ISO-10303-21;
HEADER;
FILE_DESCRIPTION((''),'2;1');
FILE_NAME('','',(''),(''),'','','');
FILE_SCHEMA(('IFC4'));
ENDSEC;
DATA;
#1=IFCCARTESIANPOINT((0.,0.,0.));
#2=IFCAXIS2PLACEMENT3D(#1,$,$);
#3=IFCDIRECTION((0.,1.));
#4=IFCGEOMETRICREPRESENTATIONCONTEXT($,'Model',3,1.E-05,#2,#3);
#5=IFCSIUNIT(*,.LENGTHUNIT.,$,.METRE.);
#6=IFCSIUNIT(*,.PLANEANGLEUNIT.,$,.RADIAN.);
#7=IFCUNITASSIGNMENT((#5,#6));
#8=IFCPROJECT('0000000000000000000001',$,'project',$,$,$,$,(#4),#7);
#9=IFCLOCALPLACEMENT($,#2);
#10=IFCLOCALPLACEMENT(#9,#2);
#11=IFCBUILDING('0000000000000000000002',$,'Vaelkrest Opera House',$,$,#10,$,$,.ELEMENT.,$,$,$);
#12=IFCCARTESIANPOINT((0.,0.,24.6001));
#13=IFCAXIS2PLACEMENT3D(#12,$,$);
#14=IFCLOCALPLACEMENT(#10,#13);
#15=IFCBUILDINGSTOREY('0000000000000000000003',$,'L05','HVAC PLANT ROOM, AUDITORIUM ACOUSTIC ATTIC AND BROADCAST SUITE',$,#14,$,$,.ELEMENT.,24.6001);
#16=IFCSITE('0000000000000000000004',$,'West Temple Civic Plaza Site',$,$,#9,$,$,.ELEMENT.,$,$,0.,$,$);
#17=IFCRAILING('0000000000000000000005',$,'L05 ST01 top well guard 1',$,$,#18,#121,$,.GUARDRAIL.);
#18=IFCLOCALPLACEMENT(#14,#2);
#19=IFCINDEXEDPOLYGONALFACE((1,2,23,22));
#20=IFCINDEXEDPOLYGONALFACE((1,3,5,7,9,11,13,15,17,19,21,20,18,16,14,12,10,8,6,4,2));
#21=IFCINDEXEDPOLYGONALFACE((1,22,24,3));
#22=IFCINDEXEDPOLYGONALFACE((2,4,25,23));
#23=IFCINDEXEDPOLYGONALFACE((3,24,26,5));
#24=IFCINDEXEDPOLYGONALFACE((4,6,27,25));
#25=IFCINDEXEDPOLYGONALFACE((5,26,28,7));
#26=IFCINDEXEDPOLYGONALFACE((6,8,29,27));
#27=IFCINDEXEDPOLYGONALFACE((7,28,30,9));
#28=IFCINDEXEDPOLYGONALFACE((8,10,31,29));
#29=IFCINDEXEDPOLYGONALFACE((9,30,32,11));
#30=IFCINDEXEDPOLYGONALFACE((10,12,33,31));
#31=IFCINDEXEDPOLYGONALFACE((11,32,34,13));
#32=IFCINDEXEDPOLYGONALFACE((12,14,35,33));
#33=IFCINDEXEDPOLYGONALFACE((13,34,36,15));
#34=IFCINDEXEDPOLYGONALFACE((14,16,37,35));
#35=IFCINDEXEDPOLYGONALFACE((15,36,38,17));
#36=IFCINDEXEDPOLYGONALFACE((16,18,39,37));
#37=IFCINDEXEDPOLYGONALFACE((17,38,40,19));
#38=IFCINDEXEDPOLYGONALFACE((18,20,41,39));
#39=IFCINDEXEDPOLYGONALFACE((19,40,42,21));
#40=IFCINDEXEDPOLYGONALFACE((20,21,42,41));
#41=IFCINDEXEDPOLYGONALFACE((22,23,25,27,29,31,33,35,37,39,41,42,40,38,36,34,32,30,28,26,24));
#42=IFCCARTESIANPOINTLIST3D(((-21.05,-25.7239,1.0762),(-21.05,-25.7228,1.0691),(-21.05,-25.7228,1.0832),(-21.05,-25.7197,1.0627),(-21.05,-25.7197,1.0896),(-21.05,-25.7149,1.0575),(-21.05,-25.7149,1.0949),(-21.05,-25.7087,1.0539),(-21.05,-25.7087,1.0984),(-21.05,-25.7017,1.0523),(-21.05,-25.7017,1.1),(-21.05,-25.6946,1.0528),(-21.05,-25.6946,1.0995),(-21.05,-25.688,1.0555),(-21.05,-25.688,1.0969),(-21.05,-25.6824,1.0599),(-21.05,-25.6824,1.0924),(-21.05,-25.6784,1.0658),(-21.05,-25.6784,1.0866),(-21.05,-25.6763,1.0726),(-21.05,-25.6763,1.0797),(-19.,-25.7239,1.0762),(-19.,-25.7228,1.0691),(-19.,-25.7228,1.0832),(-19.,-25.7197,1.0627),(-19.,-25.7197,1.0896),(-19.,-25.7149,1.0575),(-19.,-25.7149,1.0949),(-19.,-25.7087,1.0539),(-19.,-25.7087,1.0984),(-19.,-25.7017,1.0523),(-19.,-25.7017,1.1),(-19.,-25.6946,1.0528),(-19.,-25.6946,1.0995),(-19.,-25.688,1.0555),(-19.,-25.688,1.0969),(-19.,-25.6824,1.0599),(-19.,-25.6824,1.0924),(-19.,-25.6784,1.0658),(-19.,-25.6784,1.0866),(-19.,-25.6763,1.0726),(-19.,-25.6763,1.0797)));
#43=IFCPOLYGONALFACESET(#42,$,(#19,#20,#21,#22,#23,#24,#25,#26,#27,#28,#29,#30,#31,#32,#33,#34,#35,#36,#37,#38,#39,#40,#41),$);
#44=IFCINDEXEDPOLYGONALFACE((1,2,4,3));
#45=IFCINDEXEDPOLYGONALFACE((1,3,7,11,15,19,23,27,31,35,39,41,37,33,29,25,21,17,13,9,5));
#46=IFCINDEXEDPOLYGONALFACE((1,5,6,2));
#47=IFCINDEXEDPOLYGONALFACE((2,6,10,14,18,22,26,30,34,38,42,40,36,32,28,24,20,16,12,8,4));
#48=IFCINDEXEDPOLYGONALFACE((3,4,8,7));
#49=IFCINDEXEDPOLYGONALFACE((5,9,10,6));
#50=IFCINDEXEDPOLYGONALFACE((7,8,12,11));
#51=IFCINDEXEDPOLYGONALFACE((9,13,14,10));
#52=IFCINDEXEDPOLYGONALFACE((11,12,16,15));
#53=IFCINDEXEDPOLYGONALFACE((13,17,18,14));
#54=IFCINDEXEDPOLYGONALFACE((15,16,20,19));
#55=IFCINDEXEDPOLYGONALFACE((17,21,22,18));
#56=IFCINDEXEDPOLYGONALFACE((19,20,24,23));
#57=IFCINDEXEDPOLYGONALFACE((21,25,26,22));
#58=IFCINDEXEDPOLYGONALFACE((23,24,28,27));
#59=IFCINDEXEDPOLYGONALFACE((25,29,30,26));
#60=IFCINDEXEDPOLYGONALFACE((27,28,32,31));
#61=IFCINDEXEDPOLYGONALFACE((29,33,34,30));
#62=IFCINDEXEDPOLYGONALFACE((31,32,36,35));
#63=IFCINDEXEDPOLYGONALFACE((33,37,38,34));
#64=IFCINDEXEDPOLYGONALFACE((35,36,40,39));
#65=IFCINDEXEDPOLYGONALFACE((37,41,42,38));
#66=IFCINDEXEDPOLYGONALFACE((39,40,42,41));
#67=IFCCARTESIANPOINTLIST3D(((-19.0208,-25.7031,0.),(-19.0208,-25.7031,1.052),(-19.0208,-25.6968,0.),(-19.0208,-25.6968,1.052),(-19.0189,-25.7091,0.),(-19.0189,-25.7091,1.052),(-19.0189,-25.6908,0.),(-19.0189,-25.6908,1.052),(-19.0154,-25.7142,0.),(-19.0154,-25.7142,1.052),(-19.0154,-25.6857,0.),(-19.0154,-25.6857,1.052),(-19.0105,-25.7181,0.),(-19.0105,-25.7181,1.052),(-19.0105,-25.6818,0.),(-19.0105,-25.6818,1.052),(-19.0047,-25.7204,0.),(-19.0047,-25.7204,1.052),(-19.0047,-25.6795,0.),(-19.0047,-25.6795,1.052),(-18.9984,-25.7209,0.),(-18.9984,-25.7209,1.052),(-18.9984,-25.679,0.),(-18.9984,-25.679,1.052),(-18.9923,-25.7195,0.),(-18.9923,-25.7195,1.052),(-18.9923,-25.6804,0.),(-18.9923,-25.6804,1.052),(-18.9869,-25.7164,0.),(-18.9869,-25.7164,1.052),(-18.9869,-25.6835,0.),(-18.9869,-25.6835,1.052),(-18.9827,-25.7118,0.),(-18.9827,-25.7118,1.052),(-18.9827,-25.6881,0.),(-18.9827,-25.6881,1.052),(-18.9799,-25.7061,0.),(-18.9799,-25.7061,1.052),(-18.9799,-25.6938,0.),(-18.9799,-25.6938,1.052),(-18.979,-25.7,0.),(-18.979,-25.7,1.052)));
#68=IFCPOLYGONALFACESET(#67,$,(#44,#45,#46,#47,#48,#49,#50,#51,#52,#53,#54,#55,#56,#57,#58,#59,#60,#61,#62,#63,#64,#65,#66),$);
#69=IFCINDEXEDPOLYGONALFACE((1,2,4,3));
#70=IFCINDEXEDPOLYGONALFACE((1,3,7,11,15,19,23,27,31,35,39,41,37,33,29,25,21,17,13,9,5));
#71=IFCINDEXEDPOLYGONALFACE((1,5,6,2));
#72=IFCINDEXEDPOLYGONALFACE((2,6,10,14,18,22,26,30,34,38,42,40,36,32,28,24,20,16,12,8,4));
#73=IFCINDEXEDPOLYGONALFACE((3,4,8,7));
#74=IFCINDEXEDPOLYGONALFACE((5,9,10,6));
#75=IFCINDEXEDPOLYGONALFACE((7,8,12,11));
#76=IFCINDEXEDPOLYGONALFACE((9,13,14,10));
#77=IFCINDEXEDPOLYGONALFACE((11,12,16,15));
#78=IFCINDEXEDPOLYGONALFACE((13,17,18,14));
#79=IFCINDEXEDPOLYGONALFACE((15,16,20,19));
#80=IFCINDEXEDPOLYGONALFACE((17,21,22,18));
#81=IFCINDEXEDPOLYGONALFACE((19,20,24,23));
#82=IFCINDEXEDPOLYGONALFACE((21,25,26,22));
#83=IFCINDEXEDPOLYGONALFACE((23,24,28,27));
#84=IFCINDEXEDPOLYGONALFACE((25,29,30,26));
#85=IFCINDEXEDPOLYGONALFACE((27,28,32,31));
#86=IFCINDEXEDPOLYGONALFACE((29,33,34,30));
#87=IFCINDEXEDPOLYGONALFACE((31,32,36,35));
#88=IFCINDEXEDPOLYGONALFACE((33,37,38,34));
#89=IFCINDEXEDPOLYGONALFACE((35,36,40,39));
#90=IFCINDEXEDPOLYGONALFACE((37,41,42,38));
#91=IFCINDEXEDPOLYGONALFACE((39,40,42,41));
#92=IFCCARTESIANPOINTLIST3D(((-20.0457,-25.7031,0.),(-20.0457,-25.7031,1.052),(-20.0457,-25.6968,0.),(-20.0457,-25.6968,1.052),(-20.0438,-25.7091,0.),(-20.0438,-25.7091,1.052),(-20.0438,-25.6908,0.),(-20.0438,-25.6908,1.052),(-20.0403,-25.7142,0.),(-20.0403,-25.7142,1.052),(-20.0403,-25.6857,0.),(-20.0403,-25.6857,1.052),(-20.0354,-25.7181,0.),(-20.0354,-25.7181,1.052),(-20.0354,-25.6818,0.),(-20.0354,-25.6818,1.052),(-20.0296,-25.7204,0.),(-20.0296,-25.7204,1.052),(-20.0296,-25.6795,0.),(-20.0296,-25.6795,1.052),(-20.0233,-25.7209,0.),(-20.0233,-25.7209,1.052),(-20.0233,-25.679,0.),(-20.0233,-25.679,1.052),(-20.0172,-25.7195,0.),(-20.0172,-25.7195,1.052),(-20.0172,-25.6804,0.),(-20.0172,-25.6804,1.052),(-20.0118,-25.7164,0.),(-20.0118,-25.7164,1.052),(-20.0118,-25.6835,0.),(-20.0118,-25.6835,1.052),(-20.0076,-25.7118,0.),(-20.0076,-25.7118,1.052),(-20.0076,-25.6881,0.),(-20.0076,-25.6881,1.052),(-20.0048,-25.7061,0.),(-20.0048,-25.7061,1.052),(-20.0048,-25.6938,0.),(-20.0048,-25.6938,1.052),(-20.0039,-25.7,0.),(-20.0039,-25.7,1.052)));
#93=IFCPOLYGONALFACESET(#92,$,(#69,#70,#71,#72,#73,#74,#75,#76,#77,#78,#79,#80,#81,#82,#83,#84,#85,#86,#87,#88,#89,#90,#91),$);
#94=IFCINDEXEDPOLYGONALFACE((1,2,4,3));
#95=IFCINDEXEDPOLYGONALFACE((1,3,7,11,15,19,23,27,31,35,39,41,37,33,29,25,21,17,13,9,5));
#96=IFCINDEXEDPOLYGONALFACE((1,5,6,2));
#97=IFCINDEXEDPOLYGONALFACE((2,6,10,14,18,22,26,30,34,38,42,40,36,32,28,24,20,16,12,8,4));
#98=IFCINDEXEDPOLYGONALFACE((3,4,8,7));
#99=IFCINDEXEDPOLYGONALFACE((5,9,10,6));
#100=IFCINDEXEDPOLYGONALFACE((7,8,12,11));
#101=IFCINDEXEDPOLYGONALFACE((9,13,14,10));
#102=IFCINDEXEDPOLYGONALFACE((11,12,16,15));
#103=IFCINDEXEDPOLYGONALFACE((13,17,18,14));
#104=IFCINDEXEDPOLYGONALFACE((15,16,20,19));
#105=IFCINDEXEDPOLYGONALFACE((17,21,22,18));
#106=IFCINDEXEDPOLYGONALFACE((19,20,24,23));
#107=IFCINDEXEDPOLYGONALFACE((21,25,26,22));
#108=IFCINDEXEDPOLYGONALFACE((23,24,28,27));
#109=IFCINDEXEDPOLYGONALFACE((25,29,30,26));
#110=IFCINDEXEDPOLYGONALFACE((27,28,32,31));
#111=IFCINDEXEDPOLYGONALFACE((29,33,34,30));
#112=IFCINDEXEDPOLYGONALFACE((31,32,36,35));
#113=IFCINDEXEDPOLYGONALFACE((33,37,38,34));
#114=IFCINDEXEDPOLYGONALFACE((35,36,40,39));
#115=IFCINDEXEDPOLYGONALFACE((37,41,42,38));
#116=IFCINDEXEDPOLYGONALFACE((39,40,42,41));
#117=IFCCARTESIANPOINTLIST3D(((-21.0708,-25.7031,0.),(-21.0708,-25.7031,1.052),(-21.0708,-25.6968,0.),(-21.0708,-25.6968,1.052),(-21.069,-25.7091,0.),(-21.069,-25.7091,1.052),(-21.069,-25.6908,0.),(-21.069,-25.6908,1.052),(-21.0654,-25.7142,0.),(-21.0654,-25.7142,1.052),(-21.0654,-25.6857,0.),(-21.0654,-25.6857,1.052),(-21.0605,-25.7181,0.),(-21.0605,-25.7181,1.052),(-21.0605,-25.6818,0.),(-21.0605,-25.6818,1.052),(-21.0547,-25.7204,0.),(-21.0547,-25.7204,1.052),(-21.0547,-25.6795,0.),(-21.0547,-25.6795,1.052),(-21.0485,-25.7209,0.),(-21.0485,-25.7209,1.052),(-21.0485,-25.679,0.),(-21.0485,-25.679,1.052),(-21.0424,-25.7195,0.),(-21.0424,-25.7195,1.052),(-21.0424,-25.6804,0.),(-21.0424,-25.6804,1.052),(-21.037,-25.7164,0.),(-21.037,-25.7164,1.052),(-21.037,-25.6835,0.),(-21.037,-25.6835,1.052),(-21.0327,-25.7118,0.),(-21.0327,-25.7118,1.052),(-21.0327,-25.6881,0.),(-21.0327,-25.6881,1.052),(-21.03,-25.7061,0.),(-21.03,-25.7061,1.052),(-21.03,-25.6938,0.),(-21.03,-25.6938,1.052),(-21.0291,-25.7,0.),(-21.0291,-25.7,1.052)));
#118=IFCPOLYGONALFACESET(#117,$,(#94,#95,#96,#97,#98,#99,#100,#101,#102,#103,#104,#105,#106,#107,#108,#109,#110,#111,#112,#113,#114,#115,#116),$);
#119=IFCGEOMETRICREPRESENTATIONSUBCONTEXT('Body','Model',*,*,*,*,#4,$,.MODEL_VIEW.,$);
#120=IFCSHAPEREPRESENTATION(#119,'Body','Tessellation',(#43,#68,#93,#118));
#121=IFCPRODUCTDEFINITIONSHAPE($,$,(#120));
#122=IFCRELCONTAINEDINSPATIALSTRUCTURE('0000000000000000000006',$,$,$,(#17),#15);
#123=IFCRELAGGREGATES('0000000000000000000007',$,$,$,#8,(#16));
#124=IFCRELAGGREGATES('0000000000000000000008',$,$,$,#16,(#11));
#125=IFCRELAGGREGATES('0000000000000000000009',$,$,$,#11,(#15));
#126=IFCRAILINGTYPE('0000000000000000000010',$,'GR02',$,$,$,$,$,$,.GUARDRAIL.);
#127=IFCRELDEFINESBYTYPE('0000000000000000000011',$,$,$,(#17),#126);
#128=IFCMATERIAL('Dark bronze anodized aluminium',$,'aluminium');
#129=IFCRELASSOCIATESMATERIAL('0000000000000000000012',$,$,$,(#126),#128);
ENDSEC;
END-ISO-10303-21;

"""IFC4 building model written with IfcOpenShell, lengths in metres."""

from ifc_helpers import new_model, si_unit, direction, frame, origin, origin_2d, place, context, subcontext, project, spatial, circle, extrude, material, type_object, element, save


model = new_model("IFC4")

# Units and contexts
model_context = context("Model", 3, precision=1e-05, world=origin(), true_north=direction((0.0, 1.0)))
body_context = subcontext(model_context, "Body", "Model", "MODEL_VIEW")
ifc_project = project(units=[si_unit("LENGTHUNIT", "METRE"), si_unit("PLANEANGLEUNIT", "RADIAN")], contexts=[model_context])

# Site, building, storey
site_placement = place(None, origin())
site = spatial("IfcSite", under=ifc_project, at=site_placement, Name="West Temple Civic Plaza Site", CompositionType="ELEMENT", RefElevation=0.0)
building_placement = place(site_placement, origin())
building = spatial("IfcBuilding", under=site, at=building_placement, Name="Vaelkrest Opera House", CompositionType="ELEMENT")
storey_placement = place(building_placement, frame((0.0, 0.0, 24.6001)))
storey = spatial("IfcBuildingStorey", under=building, at=storey_placement, Name="L05", Description="HVAC PLANT ROOM, AUDITORIUM ACOUSTIC ATTIC AND BROADCAST SUITE", CompositionType="ELEMENT", Elevation=24.6001)

# Railing
ifc_material_1 = material(Name="Dark bronze anodized aluminium", Category="aluminium")
railing_type_1 = type_object("IfcRailingType", Name="GR02", PredefinedType="GUARDRAIL", material=ifc_material_1)
railing_1_placement = place(storey_placement, frame((-19.0, -25.7, 0.0)))
element("IfcRailing", 1, at=railing_1_placement, inside=storey, type_object=railing_type_1, Name="L05 ST01 top well guard 1", PredefinedType="GUARDRAIL", context=body_context, shape_type="SweptSolid", body=[
    extrude(circle(Radius=0.0239, at=origin_2d()), frame((0.0, 0.0, 1.0762), z_axis=(-1.0, 0.0, 0.0), x_axis=(0.0, -1.0, 0.0)), (0.0, 0.0, 1.0), 2.05),
    extrude(circle(Radius=0.021, at=origin_2d()), origin(), (0.0, 0.0, 1.0), 1.052),
    extrude(circle(Radius=0.021, at=origin_2d()), frame((-1.0249, 0.0, 0.0)), (0.0, 0.0, 1.0), 1.052),
    extrude(circle(Radius=0.021, at=origin_2d()), frame((-2.05, 0.0, 0.0)), (0.0, 0.0, 1.0), 1.052),
])

save(model, "model.ifc")
